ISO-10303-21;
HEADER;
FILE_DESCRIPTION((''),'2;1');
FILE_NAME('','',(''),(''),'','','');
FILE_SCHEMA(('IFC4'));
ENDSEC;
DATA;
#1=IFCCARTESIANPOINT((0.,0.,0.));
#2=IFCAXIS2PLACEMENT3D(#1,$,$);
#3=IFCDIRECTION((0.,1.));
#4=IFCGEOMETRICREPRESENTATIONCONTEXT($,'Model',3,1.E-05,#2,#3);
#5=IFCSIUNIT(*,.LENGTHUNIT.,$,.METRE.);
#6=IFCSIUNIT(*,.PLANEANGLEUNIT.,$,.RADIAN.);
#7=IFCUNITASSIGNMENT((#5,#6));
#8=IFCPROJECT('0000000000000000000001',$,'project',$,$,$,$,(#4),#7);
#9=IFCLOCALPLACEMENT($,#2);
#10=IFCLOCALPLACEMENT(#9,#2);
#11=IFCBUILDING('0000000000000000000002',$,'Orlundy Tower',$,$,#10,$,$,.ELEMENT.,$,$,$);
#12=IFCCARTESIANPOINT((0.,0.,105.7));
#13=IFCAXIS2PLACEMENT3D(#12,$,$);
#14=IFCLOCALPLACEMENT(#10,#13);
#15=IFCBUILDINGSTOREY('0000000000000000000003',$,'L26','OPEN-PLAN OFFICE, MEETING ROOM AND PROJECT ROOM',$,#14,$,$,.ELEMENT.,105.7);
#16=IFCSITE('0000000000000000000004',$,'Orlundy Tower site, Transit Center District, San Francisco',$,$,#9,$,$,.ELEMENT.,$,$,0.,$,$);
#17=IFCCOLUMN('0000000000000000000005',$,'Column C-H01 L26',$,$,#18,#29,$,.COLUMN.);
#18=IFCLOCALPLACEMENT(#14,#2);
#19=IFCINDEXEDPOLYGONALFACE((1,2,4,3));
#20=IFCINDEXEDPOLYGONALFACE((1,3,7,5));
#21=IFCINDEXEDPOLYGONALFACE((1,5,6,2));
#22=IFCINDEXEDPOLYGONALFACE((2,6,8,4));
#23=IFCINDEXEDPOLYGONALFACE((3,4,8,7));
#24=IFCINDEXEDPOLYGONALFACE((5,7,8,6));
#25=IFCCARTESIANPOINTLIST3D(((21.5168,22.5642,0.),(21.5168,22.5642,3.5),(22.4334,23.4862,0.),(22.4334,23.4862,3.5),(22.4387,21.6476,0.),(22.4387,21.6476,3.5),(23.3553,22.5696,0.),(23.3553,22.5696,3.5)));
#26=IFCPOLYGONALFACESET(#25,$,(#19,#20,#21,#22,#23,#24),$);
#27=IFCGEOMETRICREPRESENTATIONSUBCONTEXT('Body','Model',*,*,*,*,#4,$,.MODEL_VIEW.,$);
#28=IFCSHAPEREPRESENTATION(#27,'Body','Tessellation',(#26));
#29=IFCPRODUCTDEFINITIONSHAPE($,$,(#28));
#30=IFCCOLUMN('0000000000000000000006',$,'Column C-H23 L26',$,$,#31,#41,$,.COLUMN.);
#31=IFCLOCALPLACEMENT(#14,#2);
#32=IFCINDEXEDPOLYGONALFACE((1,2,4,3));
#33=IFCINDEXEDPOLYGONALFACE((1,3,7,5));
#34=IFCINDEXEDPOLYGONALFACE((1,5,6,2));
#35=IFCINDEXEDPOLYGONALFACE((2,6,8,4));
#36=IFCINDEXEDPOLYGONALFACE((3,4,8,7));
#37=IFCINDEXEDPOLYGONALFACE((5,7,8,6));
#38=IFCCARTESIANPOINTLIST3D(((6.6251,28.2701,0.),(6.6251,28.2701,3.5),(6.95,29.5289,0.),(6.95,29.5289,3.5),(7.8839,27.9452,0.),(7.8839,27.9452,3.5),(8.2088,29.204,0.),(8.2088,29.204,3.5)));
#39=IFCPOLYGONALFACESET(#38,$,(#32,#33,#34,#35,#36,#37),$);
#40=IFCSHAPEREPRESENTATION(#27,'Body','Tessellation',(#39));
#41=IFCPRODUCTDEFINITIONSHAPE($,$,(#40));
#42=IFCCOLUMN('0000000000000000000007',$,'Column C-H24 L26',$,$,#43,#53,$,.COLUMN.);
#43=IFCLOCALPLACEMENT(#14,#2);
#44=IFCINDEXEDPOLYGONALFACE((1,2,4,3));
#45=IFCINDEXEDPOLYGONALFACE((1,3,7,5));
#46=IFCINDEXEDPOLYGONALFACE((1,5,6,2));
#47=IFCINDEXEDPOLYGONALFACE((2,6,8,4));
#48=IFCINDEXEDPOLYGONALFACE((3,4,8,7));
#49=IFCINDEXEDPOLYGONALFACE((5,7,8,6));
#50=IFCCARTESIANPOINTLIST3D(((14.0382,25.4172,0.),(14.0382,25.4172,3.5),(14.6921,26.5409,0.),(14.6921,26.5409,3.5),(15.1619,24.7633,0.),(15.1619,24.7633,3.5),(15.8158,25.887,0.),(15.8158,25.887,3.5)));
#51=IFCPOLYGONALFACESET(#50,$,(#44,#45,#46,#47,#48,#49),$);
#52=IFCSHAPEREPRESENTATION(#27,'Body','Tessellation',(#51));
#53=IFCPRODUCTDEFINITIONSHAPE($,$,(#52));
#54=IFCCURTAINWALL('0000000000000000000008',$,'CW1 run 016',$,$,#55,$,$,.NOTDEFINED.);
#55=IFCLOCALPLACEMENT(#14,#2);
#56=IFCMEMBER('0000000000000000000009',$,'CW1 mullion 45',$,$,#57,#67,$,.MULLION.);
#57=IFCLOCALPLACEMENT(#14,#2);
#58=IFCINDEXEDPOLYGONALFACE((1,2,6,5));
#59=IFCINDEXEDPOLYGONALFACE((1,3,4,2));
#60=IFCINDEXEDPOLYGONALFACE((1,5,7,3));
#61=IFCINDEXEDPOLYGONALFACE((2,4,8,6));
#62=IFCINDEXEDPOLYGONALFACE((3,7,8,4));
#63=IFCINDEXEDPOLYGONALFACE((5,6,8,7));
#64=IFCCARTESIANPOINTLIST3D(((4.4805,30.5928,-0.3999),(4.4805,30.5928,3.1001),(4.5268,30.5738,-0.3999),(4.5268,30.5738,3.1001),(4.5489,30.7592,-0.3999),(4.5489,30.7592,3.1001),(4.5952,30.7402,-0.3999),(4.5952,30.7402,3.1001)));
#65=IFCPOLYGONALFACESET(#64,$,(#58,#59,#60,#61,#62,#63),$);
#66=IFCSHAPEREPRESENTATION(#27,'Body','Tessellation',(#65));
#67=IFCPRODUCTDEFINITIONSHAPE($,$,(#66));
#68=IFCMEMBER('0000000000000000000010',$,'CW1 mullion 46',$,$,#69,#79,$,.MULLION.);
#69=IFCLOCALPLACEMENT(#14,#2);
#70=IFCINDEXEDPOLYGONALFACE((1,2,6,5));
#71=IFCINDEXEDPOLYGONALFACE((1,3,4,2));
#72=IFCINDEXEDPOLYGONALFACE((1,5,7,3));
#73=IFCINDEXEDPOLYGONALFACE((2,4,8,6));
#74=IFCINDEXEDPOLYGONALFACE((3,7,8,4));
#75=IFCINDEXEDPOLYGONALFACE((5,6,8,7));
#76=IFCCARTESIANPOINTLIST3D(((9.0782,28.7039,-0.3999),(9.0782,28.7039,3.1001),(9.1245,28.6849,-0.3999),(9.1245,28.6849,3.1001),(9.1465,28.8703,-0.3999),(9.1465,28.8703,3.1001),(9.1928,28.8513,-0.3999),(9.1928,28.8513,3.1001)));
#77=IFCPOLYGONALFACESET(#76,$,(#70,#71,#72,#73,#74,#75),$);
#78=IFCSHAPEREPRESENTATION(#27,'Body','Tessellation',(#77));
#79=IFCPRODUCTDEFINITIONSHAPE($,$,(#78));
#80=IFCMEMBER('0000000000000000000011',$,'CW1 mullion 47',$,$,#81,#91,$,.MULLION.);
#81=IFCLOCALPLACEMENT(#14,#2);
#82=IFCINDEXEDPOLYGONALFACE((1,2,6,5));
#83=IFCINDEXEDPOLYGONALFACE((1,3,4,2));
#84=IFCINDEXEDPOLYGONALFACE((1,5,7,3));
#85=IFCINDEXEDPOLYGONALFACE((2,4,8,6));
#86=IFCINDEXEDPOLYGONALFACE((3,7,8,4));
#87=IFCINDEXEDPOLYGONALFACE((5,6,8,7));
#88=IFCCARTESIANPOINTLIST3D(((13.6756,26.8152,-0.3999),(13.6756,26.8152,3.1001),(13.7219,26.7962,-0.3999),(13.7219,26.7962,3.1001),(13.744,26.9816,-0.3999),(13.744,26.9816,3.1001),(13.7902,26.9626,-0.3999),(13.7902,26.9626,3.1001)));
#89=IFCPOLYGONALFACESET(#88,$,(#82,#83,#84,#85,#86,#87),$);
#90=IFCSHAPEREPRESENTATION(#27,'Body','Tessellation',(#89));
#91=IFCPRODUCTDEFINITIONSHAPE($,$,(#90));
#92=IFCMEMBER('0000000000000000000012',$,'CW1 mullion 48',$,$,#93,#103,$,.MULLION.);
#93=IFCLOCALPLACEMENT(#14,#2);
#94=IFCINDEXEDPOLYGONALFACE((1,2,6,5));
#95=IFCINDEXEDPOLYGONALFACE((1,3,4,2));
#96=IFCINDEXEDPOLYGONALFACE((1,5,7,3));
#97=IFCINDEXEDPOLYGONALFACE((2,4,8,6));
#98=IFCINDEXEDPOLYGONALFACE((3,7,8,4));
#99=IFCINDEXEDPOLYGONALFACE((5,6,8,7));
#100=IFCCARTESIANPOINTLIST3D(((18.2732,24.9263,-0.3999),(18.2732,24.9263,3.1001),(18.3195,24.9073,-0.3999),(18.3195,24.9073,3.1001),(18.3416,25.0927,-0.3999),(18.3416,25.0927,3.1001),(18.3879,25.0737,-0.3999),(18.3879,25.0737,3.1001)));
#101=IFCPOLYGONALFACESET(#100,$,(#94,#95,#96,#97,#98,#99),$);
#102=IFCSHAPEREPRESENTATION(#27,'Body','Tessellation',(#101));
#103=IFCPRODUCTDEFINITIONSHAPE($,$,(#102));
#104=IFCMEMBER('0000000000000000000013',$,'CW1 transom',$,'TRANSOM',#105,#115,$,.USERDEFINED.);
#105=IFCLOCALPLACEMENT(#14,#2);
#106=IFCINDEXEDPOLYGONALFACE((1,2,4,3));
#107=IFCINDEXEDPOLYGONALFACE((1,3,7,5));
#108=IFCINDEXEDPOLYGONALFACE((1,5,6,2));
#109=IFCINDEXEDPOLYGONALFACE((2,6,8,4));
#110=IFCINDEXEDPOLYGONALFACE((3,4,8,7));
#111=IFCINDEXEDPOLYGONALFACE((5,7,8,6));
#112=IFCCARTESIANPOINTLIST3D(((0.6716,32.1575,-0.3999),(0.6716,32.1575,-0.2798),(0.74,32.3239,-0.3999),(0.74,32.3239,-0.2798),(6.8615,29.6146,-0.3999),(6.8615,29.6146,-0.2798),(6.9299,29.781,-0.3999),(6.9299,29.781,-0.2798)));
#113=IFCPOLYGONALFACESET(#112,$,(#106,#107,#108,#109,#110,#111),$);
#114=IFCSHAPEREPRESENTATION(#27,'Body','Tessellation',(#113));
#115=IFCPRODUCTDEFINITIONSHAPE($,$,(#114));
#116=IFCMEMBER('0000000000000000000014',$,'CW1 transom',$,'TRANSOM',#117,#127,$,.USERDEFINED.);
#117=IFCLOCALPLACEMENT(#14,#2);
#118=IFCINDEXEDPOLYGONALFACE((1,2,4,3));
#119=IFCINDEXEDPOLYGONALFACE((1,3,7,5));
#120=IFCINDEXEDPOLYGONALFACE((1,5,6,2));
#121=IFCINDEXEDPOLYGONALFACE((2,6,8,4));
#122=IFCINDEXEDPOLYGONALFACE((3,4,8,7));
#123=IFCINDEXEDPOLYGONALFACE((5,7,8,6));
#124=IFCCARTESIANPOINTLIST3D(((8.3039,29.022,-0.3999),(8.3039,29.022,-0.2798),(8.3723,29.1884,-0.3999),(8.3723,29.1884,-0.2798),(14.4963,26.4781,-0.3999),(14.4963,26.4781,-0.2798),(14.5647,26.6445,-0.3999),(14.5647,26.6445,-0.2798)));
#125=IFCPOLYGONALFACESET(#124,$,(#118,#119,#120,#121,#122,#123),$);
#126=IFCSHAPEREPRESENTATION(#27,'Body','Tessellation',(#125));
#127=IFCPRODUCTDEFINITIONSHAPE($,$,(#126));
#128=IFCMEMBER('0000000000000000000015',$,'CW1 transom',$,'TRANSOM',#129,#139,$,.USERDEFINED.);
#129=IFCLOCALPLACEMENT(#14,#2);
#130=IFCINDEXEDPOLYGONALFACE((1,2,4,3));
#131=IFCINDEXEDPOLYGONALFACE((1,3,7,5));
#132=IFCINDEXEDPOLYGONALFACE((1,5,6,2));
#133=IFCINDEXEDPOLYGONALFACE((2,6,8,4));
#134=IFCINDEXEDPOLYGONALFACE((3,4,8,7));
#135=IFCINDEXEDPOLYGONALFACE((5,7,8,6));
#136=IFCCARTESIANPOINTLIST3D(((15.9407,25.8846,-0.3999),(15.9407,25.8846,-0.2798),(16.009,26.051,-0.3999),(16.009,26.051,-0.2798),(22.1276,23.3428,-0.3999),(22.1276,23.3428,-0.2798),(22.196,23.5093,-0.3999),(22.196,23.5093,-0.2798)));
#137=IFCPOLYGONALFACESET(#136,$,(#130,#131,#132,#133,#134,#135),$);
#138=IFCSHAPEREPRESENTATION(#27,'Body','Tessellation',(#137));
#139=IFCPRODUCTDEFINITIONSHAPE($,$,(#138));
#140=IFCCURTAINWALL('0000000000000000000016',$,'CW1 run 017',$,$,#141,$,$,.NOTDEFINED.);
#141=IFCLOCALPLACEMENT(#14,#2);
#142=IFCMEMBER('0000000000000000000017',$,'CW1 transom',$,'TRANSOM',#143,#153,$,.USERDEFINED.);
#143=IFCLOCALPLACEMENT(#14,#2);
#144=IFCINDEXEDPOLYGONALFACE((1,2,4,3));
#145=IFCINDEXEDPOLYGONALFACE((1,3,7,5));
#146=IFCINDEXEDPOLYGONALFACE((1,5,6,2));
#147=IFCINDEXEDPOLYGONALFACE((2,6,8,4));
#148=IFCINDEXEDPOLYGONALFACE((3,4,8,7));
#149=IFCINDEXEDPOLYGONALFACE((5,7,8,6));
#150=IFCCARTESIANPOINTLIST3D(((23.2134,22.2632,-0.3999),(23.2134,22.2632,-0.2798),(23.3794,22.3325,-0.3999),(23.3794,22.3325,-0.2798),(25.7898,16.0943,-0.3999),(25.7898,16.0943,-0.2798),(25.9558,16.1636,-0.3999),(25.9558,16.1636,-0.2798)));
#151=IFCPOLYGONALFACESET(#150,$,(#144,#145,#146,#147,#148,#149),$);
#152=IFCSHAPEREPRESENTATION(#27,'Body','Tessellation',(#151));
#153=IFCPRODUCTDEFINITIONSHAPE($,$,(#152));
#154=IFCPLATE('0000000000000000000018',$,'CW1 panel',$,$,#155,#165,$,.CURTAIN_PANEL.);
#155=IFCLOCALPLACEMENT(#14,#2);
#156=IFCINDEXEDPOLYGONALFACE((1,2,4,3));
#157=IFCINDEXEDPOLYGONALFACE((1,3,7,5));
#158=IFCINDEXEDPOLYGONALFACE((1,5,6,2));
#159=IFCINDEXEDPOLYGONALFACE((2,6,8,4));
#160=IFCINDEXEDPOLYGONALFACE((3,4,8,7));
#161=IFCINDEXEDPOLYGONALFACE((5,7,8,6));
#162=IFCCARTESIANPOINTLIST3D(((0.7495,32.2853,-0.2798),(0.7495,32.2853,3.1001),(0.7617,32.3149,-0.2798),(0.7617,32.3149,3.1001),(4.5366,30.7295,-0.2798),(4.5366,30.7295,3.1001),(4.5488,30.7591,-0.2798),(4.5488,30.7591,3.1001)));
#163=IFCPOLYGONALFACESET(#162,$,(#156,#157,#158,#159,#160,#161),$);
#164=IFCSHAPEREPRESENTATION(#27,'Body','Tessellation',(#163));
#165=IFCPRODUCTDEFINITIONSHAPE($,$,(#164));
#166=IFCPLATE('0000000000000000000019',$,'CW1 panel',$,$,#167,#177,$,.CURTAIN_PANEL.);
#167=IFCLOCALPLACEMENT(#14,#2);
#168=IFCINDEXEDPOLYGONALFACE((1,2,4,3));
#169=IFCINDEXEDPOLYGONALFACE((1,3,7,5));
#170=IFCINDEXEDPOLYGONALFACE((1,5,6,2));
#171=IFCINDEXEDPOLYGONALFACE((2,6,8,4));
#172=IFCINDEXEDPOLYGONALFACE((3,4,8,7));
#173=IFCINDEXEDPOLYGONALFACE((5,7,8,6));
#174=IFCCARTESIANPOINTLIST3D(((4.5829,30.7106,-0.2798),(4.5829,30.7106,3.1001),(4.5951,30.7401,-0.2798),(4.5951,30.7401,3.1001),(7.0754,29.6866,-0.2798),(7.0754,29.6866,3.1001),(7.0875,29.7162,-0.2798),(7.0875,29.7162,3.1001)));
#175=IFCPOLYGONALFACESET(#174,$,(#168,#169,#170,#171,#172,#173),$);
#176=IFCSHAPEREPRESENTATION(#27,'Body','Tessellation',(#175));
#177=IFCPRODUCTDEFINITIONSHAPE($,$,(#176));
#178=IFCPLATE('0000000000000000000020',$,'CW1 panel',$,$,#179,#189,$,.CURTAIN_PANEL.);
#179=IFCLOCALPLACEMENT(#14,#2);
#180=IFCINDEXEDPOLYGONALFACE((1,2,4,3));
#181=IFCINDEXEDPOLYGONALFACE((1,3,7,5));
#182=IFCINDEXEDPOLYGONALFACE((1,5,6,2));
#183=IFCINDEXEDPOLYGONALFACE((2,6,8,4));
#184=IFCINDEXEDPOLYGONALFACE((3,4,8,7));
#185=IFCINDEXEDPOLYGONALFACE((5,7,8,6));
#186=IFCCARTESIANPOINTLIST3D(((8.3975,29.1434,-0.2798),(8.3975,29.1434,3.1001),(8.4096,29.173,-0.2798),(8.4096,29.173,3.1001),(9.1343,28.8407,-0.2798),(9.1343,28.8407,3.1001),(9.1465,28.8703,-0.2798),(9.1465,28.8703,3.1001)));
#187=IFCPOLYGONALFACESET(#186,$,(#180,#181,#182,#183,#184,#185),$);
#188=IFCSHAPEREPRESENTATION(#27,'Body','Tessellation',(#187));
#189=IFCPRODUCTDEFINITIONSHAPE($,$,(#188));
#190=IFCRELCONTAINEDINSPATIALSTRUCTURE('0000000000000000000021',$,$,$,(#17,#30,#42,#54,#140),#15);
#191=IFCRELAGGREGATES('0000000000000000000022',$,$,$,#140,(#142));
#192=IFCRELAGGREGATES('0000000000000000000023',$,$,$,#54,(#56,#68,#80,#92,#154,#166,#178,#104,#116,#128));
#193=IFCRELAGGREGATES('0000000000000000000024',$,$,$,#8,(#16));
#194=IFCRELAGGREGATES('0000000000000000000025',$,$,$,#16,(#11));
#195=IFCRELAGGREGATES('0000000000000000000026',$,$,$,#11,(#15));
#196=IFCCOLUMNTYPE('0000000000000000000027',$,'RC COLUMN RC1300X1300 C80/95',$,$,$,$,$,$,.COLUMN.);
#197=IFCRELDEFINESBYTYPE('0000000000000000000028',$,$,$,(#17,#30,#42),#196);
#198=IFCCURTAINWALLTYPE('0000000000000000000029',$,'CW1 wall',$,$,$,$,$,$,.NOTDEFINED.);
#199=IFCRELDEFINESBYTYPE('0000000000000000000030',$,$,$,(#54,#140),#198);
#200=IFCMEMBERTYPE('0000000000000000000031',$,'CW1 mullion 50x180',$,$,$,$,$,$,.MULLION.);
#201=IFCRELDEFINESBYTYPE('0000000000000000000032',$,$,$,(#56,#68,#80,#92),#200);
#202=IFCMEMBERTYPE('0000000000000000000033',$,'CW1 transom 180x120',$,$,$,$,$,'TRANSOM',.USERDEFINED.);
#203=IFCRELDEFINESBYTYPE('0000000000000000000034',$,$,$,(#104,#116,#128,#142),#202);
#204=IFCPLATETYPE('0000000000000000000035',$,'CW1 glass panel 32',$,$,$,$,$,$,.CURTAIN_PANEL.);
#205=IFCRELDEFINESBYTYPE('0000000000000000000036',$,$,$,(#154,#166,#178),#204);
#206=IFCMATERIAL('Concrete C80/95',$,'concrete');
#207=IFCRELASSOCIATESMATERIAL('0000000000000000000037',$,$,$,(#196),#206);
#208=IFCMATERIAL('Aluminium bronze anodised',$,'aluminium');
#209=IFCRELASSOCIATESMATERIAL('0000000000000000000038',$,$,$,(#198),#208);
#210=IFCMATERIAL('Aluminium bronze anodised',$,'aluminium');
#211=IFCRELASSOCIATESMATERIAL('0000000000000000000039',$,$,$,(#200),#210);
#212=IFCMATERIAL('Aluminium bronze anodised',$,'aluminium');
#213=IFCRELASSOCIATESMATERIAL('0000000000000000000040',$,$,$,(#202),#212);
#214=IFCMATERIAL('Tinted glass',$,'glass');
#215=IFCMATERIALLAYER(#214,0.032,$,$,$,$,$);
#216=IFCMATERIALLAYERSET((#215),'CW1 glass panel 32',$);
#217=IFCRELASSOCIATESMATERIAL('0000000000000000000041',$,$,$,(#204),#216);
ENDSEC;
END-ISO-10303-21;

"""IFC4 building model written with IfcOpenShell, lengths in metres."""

from ifc_helpers import new_model, si_unit, direction, frame, origin, origin_2d, place, context, subcontext, project, spatial, rectangle, extrude, material, layer, layer_set, material_profile, profile_set, type_object, element, aggregate, save


model = new_model("IFC4")

# Units and contexts
model_context = context("Model", 3, precision=1e-05, world=origin(), true_north=direction((0.0, 1.0)))
body_context = subcontext(model_context, "Body", "Model", "MODEL_VIEW")
ifc_project = project(units=[si_unit("LENGTHUNIT", "METRE"), si_unit("PLANEANGLEUNIT", "RADIAN")], contexts=[model_context])

# Site, building, storey
site_placement = place(None, origin())
site = spatial("IfcSite", under=ifc_project, at=site_placement, Name="Orlundy Tower site, Transit Center District, San Francisco", CompositionType="ELEMENT", RefElevation=0.0)
building_placement = place(site_placement, origin())
building = spatial("IfcBuilding", under=site, at=building_placement, Name="Orlundy Tower", CompositionType="ELEMENT")
storey_placement = place(building_placement, frame((0.0, 0.0, 105.7)))
storey = spatial("IfcBuildingStorey", under=building, at=storey_placement, Name="L26", Description="OPEN-PLAN OFFICE, MEETING ROOM AND PROJECT ROOM", CompositionType="ELEMENT", Elevation=105.7)

# Columns
ifc_material_1 = material(Name="Concrete C80/95", Category="concrete")
ifc_material_profile_1 = material_profile(ifc_material_1, rectangle(XDim=1.3, YDim=1.3, at=origin_2d()), Name="RC1300X1300")
ifc_profile_set_1 = profile_set([ifc_material_profile_1], Name="Concrete C80/95")
column_type = type_object("IfcColumnType", Name="RC COLUMN RC1300X1300 C80/95", PredefinedType="COLUMN", material=ifc_profile_set_1)
for number, where, z_axis, x_axis, name in (
    (1, (22.436, 22.5669, 0.0), (0.0, 0.0, 1.0), (0.705043, 0.709165, 0.0), "Column C-H01 L26"),
    (2, (7.417, 28.7371, 0.0), (0.0, 0.0, 1.0), (0.249907, 0.96827, 0.0), "Column C-H23 L26"),
    (3, (14.927, 25.6521, 0.0), (0.0, 0.0, 1.0), (0.502945, 0.864319, 0.0), "Column C-H24 L26"),
):
    element("IfcColumn", number, at=place(storey_placement, frame(where, z_axis=z_axis, x_axis=x_axis)), inside=storey, type_object=column_type, Name=name, PredefinedType="COLUMN", context=body_context, shape_type="SweptSolid", body=[
        extrude(rectangle(XDim=1.3, YDim=1.3, at=origin_2d()), origin(), (0.0, 0.0, 1.0), 3.5),
    ])

# Curtain wall, members
ifc_material_2 = material(Name="Aluminium bronze anodised", Category="aluminium")
curtain_wall_type = type_object("IfcCurtainWallType", Name="CW1 wall", PredefinedType="NOTDEFINED", material=ifc_material_2)
curtain_wall_1_placement = place(storey_placement, origin())
curtain_wall_1 = element("IfcCurtainWall", 4, at=curtain_wall_1_placement, inside=storey, type_object=curtain_wall_type, Name="CW1 run 016", PredefinedType="NOTDEFINED")
ifc_material_3 = material(Name="Aluminium bronze anodised", Category="aluminium")
ifc_material_profile_2 = material_profile(ifc_material_3, rectangle(XDim=0.1799, YDim=0.05, at=origin_2d()), Name="CW1 mullion 50x180")
ifc_profile_set_2 = profile_set([ifc_material_profile_2], Name="Aluminium bronze anodised")
member_type_1 = type_object("IfcMemberType", Name="CW1 mullion 50x180", PredefinedType="MULLION", material=ifc_profile_set_2)
member_1_placement = place(storey_placement, frame((4.5378, 30.6665, -0.3999), z_axis=(0.0, 0.0, 1.0), x_axis=(0.380005, 0.924984, 0.0)))
member_1 = element("IfcMember", 5, at=member_1_placement, type_object=member_type_1, Name="CW1 mullion 45", PredefinedType="MULLION", context=body_context, shape_type="SweptSolid", body=[
    extrude(rectangle(XDim=0.1799, YDim=0.05, at=origin_2d()), origin(), (0.0, 0.0, 1.0), 3.5),
])
member_2_placement = place(storey_placement, frame((9.1355, 28.7776, -0.3999), z_axis=(0.0, 0.0, 1.0), x_axis=(0.380005, 0.924984, 0.0)))
member_2 = element("IfcMember", 6, at=member_2_placement, type_object=member_type_1, Name="CW1 mullion 46", PredefinedType="MULLION", context=body_context, shape_type="SweptSolid", body=[
    extrude(rectangle(XDim=0.1799, YDim=0.05, at=origin_2d()), origin(), (0.0, 0.0, 1.0), 3.5),
])
member_3_placement = place(storey_placement, frame((13.7329, 26.8889, -0.3999), z_axis=(0.0, 0.0, 1.0), x_axis=(0.380005, 0.924984, 0.0)))
member_3 = element("IfcMember", 7, at=member_3_placement, type_object=member_type_1, Name="CW1 mullion 47", PredefinedType="MULLION", context=body_context, shape_type="SweptSolid", body=[
    extrude(rectangle(XDim=0.1799, YDim=0.05, at=origin_2d()), origin(), (0.0, 0.0, 1.0), 3.5),
])
member_4_placement = place(storey_placement, frame((18.3306, 25.0, -0.3999), z_axis=(0.0, 0.0, 1.0), x_axis=(0.380005, 0.924984, 0.0)))
member_4 = element("IfcMember", 8, at=member_4_placement, type_object=member_type_1, Name="CW1 mullion 48", PredefinedType="MULLION", context=body_context, shape_type="SweptSolid", body=[
    extrude(rectangle(XDim=0.1799, YDim=0.05, at=origin_2d()), origin(), (0.0, 0.0, 1.0), 3.5),
])
ifc_material_4 = material(Name="Aluminium bronze anodised", Category="aluminium")
ifc_material_profile_3 = material_profile(ifc_material_4, rectangle(XDim=0.1799, YDim=0.1201, at=origin_2d()), Name="CW1 transom 180x120")
ifc_profile_set_3 = profile_set([ifc_material_profile_3], Name="Aluminium bronze anodised")
member_type_2 = type_object("IfcMemberType", Name="CW1 transom 180x120", ElementType="TRANSOM", PredefinedType="USERDEFINED", material=ifc_profile_set_3)
member_5_placement = place(storey_placement, frame((0.7058, 32.2407, -0.3398), z_axis=(0.924985, -0.380005, 0.0), x_axis=(0.380005, 0.924985, 0.0)))
member_5 = element("IfcMember", 9, at=member_5_placement, type_object=member_type_2, Name="CW1 transom", ObjectType="TRANSOM", PredefinedType="USERDEFINED", context=body_context, shape_type="SweptSolid", body=[
    extrude(rectangle(XDim=0.1799, YDim=0.1201, at=origin_2d()), origin(), (0.0, 0.0, 1.0), 6.6919),
])
member_6_placement = place(storey_placement, frame((8.3381, 29.1052, -0.3398), z_axis=(0.924986, -0.380001, 0.0), x_axis=(0.380001, 0.924986, 0.0)))
member_6 = element("IfcMember", 10, at=member_6_placement, type_object=member_type_2, Name="CW1 transom", ObjectType="TRANSOM", PredefinedType="USERDEFINED", context=body_context, shape_type="SweptSolid", body=[
    extrude(rectangle(XDim=0.1799, YDim=0.1201, at=origin_2d()), origin(), (0.0, 0.0, 1.0), 6.6946),
])
member_7_placement = place(storey_placement, frame((15.9749, 25.9678, -0.3398), z_axis=(0.924985, -0.380003, 0.0), x_axis=(0.380003, 0.924985, 0.0)))
member_7 = element("IfcMember", 11, at=member_7_placement, type_object=member_type_2, Name="CW1 transom", ObjectType="TRANSOM", PredefinedType="USERDEFINED", context=body_context, shape_type="SweptSolid", body=[
    extrude(rectangle(XDim=0.1799, YDim=0.1201, at=origin_2d()), origin(), (0.0, 0.0, 1.0), 6.6887),
])

# Curtain wall, member
curtain_wall_2_placement = place(storey_placement, origin())
curtain_wall_2 = element("IfcCurtainWall", 12, at=curtain_wall_2_placement, inside=storey, type_object=curtain_wall_type, Name="CW1 run 017", PredefinedType="NOTDEFINED")
member_8_placement = place(storey_placement, frame((23.2964, 22.2979, -0.3398), z_axis=(0.385383, -0.922757, 0.0), x_axis=(0.922757, 0.385383, 0.0)))
member_8 = element("IfcMember", 13, at=member_8_placement, type_object=member_type_2, Name="CW1 transom", ObjectType="TRANSOM", PredefinedType="USERDEFINED", context=body_context, shape_type="SweptSolid", body=[
    extrude(rectangle(XDim=0.1799, YDim=0.1201, at=origin_2d()), origin(), (0.0, 0.0, 1.0), 6.6853),
])
aggregate(curtain_wall_2, [member_8])

# Plates
ifc_material_5 = material(Name="Tinted glass", Category="glass")
ifc_layer_1 = layer(ifc_material_5, 0.032)
ifc_layer_set_1 = layer_set([ifc_layer_1], Name="CW1 glass panel 32")
plate_type = type_object("IfcPlateType", Name="CW1 glass panel 32", PredefinedType="CURTAIN_PANEL", material=ifc_layer_set_1)
plate_1_placement = place(storey_placement, frame((2.6492, 31.5222, -0.2798), z_axis=(0.0, 0.0, 1.0), x_axis=(0.924984, -0.380005, 0.0)))
plate_1 = element("IfcPlate", 14, at=plate_1_placement, type_object=plate_type, Name="CW1 panel", PredefinedType="CURTAIN_PANEL", context=body_context, shape_type="SweptSolid", body=[
    extrude(rectangle(XDim=4.0942, YDim=0.032, at=origin_2d()), origin(), (0.0, 0.0, 1.0), 3.3799),
])
plate_2_placement = place(storey_placement, frame((5.8352, 30.2134, -0.2798), z_axis=(0.0, 0.0, 1.0), x_axis=(0.924984, -0.380005, 0.0)))
plate_2 = element("IfcPlate", 15, at=plate_2_placement, type_object=plate_type, Name="CW1 panel", PredefinedType="CURTAIN_PANEL", context=body_context, shape_type="SweptSolid", body=[
    extrude(rectangle(XDim=2.6946, YDim=0.032, at=origin_2d()), origin(), (0.0, 0.0, 1.0), 3.3799),
])
plate_3_placement = place(storey_placement, frame((8.772, 29.0068, -0.2798), z_axis=(0.0, 0.0, 1.0), x_axis=(0.924984, -0.380005, 0.0)))
plate_3 = element("IfcPlate", 16, at=plate_3_placement, type_object=plate_type, Name="CW1 panel", PredefinedType="CURTAIN_PANEL", context=body_context, shape_type="SweptSolid", body=[
    extrude(rectangle(XDim=0.7966, YDim=0.032, at=origin_2d()), origin(), (0.0, 0.0, 1.0), 3.3799),
])
aggregate(curtain_wall_1, [member_1, member_2, member_3, member_4, plate_1, plate_2, plate_3, member_5, member_6, member_7])

save(model, "model.ifc")
